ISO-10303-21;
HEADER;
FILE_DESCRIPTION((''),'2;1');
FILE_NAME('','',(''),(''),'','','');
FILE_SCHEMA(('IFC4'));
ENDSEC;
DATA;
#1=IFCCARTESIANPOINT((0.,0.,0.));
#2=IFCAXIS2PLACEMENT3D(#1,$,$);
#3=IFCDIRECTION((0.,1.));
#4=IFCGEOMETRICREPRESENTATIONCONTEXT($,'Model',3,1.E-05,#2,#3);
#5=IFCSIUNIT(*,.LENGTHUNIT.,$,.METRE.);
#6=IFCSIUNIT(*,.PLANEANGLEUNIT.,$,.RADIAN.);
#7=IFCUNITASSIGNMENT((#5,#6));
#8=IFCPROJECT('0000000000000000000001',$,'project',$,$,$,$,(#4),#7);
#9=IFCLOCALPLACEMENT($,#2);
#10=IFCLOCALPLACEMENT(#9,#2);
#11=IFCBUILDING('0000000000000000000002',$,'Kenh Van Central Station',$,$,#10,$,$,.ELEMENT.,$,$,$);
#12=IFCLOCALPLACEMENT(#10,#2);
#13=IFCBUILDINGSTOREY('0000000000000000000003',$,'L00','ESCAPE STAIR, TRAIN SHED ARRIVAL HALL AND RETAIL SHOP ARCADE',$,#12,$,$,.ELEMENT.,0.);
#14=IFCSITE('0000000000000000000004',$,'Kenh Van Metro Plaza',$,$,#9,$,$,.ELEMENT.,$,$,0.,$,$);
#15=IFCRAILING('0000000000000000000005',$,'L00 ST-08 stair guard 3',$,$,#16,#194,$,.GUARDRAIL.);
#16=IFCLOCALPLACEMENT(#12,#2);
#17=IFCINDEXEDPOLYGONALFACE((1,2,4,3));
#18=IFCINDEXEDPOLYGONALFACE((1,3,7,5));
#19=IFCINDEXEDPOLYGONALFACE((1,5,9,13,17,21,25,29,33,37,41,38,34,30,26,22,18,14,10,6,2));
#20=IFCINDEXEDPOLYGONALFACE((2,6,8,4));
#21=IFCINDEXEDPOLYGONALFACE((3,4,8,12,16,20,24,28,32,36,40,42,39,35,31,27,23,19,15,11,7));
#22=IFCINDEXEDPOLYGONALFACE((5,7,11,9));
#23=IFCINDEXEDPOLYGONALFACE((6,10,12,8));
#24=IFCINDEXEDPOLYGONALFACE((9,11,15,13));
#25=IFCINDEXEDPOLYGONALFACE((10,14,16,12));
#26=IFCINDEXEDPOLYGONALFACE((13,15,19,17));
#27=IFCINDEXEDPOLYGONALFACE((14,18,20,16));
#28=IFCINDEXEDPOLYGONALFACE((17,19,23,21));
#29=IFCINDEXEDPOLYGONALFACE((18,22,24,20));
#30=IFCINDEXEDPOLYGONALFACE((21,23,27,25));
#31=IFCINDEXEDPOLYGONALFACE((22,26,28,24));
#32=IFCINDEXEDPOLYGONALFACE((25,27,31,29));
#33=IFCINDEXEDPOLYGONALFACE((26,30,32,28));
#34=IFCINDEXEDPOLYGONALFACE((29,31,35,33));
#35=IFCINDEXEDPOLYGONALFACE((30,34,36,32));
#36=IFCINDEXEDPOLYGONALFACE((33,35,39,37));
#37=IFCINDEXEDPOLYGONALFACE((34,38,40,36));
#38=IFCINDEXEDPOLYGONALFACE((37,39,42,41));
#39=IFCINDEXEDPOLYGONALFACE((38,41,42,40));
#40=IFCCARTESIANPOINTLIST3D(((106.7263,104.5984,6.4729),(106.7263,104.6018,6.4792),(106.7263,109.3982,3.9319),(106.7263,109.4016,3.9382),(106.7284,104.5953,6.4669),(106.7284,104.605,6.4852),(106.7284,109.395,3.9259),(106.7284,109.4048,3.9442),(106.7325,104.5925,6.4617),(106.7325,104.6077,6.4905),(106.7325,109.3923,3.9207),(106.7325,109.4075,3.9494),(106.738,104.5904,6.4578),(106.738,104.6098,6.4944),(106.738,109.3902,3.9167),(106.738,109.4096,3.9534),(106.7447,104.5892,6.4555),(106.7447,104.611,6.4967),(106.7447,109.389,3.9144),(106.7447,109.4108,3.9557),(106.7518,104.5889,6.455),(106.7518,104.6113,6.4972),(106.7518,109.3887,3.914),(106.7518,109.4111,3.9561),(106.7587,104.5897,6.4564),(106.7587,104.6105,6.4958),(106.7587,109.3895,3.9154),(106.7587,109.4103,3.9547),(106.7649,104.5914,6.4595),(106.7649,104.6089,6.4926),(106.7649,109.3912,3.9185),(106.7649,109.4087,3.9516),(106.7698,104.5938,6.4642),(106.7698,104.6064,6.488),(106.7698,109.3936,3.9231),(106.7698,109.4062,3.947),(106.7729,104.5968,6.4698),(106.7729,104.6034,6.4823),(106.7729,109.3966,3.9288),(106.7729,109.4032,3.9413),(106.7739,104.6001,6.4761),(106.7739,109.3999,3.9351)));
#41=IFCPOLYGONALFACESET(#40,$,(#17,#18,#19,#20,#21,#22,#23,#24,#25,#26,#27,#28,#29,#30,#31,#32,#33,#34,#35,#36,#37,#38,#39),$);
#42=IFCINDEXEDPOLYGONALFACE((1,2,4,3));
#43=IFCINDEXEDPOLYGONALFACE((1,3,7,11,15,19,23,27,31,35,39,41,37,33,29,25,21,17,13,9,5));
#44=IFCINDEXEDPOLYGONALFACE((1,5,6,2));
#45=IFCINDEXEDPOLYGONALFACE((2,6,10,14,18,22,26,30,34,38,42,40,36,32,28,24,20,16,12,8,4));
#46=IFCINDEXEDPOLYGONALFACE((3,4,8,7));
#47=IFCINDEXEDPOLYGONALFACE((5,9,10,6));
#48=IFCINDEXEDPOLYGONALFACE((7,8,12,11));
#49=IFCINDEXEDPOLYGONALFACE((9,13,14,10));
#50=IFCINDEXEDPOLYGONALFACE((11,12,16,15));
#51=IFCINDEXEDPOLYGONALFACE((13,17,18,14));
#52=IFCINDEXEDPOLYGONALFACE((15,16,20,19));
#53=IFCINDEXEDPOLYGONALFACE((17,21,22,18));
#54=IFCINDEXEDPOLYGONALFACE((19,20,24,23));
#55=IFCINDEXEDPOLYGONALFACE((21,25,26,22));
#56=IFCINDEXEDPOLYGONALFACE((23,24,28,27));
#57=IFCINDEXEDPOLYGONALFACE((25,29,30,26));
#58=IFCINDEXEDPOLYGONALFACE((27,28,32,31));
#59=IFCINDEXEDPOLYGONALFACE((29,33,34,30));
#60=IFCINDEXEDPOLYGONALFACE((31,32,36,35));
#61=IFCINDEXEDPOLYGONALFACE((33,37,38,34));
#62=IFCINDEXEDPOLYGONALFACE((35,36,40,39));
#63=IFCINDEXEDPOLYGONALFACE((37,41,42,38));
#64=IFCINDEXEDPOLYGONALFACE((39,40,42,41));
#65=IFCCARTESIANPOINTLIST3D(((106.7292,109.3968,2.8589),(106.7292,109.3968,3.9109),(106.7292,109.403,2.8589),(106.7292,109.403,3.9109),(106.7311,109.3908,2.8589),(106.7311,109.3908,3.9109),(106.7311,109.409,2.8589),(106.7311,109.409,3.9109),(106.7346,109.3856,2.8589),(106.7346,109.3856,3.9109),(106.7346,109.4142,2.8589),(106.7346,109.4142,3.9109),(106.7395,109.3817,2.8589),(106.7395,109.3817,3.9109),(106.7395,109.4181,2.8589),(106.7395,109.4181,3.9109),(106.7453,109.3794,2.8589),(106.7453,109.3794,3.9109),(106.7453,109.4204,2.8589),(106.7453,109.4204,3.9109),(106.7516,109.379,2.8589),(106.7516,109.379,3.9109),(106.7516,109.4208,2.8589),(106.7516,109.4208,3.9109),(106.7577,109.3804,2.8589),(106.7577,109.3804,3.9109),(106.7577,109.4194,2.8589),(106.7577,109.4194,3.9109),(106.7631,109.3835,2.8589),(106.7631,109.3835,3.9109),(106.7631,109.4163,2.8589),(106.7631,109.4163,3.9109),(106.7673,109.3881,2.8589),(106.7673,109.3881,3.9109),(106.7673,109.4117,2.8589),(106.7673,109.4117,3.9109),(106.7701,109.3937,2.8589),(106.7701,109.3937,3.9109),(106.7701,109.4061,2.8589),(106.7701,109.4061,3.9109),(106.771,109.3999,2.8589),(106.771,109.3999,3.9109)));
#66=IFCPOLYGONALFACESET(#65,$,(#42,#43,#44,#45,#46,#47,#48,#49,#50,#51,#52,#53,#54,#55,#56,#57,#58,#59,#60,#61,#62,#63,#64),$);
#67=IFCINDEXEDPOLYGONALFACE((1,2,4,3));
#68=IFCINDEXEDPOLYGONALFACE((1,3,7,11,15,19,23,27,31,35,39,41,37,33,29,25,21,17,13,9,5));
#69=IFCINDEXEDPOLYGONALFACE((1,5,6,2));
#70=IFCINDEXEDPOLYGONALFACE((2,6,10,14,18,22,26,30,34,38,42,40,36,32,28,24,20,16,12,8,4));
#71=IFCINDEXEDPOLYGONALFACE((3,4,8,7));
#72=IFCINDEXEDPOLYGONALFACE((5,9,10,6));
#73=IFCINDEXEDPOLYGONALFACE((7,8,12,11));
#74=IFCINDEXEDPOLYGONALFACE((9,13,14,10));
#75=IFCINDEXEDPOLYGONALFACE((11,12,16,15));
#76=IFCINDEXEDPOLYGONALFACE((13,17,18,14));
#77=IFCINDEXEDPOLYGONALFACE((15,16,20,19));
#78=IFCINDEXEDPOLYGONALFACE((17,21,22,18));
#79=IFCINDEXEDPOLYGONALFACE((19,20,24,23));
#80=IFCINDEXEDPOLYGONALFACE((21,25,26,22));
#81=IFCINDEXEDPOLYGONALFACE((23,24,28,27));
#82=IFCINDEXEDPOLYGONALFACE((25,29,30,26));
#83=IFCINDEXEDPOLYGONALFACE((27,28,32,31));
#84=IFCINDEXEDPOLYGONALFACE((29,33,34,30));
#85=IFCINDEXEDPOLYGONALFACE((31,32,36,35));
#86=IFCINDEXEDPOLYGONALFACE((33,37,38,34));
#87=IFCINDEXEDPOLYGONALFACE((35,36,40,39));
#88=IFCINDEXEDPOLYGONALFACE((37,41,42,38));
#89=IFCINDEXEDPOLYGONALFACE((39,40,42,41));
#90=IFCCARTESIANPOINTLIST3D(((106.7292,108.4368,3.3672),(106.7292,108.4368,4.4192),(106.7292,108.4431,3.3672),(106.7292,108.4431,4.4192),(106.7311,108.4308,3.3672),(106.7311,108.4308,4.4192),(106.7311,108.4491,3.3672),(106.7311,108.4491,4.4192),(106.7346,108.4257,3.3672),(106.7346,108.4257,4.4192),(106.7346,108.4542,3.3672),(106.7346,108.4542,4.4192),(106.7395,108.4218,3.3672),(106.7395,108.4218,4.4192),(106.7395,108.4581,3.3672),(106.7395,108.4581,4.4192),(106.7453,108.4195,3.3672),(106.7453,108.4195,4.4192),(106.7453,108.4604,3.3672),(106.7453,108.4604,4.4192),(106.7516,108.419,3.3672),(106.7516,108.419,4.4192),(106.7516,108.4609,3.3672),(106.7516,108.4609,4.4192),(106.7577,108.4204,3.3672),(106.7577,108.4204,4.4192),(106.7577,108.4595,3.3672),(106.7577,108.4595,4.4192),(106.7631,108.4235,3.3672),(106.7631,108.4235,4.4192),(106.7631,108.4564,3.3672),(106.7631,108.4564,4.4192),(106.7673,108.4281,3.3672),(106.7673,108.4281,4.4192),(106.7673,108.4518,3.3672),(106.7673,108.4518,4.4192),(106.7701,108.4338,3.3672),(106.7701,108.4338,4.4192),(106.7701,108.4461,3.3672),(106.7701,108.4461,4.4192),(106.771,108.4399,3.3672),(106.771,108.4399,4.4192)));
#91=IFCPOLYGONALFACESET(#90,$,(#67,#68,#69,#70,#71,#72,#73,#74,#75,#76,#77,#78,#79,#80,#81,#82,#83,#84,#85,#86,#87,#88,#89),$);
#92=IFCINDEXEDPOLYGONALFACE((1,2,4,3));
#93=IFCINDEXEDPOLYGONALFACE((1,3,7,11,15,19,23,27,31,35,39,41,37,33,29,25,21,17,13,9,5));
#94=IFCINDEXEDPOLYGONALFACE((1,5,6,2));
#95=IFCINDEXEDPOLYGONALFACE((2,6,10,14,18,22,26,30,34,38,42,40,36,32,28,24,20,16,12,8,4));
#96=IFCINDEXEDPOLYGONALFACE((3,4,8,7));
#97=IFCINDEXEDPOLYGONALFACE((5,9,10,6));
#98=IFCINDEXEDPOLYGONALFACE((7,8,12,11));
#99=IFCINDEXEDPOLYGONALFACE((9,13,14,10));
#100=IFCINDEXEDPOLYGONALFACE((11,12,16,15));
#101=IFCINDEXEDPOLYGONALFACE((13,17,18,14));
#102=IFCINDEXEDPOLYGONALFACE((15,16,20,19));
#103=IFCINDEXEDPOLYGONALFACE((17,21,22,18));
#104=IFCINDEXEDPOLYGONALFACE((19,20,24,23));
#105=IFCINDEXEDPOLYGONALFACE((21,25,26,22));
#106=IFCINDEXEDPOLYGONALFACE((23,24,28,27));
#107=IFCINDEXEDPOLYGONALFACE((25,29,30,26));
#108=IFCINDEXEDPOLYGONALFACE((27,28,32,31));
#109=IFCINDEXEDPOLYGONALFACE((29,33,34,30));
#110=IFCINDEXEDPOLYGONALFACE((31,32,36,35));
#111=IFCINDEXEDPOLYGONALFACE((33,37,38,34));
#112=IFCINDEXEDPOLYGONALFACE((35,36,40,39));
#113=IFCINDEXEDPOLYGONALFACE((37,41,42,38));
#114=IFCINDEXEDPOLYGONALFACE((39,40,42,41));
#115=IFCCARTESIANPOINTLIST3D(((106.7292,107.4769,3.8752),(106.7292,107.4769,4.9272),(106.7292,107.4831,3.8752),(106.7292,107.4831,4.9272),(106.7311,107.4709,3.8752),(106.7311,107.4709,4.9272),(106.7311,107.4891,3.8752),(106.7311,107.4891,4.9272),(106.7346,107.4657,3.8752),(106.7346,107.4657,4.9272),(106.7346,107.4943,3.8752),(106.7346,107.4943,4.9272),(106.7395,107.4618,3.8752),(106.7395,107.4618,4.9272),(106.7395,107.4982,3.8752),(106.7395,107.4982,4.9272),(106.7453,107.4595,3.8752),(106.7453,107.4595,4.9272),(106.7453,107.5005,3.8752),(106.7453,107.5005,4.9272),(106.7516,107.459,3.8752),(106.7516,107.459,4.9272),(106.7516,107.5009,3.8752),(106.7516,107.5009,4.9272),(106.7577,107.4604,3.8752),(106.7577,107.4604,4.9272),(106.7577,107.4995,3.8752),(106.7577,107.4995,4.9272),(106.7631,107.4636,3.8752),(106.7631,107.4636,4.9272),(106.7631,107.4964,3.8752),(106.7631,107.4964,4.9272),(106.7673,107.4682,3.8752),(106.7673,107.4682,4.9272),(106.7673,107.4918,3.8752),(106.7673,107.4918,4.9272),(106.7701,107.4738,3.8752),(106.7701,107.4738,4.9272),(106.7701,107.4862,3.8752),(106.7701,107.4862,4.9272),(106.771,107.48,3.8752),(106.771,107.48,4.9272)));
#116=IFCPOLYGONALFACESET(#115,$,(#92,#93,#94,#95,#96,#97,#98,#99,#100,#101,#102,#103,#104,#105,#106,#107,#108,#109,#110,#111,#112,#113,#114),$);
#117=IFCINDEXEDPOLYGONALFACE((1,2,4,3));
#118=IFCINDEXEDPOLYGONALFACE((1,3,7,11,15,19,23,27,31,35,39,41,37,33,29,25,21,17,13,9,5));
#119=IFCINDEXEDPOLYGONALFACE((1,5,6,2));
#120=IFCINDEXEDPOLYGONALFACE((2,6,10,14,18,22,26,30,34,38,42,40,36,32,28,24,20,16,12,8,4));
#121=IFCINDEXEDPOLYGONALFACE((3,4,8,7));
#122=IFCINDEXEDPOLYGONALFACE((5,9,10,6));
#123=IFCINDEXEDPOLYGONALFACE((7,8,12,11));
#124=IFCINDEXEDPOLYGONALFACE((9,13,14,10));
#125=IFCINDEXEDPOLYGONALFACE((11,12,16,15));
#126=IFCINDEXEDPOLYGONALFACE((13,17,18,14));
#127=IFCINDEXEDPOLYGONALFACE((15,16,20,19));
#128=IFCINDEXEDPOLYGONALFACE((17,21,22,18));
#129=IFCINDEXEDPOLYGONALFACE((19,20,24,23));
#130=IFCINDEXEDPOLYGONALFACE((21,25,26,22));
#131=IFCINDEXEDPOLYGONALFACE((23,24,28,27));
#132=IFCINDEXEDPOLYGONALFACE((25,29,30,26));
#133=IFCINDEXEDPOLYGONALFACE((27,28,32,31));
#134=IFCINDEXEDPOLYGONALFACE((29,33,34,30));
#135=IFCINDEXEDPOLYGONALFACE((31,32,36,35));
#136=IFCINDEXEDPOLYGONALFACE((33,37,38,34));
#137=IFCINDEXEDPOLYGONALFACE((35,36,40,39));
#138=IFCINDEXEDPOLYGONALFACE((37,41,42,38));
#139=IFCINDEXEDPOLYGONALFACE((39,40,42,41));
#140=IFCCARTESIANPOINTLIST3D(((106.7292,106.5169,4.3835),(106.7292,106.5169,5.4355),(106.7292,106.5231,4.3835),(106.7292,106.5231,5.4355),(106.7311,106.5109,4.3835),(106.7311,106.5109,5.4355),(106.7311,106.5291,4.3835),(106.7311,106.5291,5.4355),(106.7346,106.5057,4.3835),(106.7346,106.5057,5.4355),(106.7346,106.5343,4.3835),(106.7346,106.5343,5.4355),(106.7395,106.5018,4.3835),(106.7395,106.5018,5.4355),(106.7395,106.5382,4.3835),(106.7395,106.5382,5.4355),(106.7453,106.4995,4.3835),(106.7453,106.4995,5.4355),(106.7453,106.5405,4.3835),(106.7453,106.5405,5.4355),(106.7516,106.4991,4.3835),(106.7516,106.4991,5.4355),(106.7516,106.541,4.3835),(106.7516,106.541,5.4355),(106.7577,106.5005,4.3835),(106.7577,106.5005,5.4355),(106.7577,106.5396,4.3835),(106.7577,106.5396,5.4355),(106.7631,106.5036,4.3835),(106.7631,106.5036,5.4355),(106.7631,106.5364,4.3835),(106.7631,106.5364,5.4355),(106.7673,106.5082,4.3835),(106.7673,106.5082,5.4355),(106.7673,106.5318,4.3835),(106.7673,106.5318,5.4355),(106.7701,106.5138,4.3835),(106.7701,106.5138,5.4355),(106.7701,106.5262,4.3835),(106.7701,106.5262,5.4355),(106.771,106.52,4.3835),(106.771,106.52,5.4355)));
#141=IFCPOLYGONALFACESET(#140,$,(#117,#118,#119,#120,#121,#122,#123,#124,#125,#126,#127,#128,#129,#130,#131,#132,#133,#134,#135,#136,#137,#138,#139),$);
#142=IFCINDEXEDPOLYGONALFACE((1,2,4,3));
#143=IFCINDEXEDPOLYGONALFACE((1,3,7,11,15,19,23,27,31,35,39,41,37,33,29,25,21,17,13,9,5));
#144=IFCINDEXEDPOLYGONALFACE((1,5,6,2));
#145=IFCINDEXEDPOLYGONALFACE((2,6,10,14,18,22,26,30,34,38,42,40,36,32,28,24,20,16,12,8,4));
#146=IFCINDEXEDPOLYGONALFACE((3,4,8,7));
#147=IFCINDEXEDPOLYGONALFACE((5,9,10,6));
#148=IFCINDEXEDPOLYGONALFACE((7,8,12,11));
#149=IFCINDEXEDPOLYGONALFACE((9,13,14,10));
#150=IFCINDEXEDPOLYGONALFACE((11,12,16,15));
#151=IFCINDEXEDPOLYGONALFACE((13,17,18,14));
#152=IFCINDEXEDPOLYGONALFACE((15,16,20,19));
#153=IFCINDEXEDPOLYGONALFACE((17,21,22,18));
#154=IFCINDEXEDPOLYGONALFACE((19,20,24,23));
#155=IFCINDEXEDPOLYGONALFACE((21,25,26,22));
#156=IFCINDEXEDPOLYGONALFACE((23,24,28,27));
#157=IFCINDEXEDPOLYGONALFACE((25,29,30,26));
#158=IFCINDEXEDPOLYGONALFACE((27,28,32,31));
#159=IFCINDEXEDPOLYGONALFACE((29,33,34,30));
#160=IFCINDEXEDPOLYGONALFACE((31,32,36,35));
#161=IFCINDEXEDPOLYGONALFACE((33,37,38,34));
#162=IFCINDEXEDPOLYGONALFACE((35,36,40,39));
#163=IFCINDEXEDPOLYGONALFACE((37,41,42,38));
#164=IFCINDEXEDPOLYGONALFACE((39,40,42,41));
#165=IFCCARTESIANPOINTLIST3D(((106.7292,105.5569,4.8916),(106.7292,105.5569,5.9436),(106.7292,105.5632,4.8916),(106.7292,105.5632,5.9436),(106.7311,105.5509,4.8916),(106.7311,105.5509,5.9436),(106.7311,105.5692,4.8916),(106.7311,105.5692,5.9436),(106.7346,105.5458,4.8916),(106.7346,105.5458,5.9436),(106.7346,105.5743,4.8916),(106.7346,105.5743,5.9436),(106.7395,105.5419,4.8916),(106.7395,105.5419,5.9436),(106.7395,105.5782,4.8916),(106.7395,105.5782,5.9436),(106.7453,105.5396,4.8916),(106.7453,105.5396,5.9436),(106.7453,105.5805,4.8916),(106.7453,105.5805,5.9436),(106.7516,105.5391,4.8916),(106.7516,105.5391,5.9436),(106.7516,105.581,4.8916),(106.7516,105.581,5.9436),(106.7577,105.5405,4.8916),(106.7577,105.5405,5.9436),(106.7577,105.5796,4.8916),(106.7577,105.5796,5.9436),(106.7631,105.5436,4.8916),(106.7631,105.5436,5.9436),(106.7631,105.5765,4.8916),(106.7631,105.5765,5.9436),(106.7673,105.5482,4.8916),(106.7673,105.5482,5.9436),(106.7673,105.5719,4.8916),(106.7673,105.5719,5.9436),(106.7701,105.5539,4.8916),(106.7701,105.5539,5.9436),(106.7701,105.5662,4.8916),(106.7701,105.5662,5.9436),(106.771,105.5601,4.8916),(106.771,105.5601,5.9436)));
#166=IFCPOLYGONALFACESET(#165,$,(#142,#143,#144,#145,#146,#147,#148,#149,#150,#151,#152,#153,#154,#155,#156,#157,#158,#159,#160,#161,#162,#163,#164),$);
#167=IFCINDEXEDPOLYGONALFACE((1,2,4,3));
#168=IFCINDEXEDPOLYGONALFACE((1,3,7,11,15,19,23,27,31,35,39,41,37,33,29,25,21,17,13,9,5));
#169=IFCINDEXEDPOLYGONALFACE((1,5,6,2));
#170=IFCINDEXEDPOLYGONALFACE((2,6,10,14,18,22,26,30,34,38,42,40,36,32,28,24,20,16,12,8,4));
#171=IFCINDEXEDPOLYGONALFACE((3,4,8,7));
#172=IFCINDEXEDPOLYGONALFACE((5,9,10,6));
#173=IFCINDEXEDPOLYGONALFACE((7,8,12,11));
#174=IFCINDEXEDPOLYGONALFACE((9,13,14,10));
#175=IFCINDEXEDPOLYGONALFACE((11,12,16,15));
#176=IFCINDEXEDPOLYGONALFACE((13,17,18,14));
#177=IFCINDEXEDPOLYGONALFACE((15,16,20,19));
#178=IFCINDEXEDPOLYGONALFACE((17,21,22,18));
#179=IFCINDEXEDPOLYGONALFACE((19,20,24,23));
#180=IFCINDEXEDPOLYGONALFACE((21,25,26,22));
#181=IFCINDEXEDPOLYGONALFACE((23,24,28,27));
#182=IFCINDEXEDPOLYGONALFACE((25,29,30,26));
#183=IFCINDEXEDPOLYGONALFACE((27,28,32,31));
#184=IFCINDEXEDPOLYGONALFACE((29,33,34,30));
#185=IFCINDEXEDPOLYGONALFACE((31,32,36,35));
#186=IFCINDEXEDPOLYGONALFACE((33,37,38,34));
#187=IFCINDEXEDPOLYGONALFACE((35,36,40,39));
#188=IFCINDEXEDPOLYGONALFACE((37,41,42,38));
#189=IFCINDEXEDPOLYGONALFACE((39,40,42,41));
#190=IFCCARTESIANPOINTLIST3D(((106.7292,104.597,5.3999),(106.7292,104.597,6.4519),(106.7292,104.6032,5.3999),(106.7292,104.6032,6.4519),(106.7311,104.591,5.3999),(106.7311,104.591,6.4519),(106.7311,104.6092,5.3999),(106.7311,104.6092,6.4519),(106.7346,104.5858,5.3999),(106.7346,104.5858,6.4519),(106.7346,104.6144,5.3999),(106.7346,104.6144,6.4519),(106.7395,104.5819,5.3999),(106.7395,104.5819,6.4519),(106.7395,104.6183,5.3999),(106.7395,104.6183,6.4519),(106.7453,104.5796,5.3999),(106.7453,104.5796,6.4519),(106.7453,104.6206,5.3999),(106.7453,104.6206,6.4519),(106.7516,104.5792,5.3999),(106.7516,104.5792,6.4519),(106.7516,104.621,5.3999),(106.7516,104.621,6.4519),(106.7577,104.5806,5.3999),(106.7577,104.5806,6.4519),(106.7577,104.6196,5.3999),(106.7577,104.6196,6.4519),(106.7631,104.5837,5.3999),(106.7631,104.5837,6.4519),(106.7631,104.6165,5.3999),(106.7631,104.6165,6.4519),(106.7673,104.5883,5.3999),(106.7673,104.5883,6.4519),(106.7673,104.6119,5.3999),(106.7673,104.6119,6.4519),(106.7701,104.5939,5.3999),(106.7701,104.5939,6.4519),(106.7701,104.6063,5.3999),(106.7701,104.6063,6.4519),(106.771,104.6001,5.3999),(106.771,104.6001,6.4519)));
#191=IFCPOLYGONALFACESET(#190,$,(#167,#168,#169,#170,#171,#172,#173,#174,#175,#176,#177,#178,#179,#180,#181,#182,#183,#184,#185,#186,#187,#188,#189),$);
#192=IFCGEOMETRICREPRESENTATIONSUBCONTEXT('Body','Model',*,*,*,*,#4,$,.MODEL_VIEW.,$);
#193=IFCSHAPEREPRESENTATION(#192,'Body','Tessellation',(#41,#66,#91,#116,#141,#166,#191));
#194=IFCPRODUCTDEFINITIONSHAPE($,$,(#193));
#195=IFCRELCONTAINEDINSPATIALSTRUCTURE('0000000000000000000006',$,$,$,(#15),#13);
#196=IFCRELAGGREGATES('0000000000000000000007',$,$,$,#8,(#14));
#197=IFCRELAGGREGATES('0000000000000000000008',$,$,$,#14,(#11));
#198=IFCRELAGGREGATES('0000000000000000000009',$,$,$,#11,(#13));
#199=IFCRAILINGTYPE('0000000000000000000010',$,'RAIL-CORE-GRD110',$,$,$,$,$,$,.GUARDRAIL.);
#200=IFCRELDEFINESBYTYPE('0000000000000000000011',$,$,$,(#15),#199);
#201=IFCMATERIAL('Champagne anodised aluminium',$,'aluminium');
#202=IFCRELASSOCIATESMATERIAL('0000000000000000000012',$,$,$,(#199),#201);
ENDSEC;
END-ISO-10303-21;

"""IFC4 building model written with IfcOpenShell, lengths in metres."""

from ifc_helpers import new_model, si_unit, direction, frame, origin, origin_2d, place, context, subcontext, project, spatial, circle, extrude, material, type_object, element, save


model = new_model("IFC4")

# Units and contexts
model_context = context("Model", 3, precision=1e-05, world=origin(), true_north=direction((0.0, 1.0)))
body_context = subcontext(model_context, "Body", "Model", "MODEL_VIEW")
ifc_project = project(units=[si_unit("LENGTHUNIT", "METRE"), si_unit("PLANEANGLEUNIT", "RADIAN")], contexts=[model_context])

# Site, building, storey
site_placement = place(None, origin())
site = spatial("IfcSite", under=ifc_project, at=site_placement, Name="Kenh Van Metro Plaza", CompositionType="ELEMENT", RefElevation=0.0)
building_placement = place(site_placement, origin())
building = spatial("IfcBuilding", under=site, at=building_placement, Name="Kenh Van Central Station", CompositionType="ELEMENT")
storey_placement = place(building_placement, origin())
storey = spatial("IfcBuildingStorey", under=building, at=storey_placement, Name="L00", Description="ESCAPE STAIR, TRAIN SHED ARRIVAL HALL AND RETAIL SHOP ARCADE", CompositionType="ELEMENT", Elevation=0.0)

# Shared definitions
ifc_material_1 = material(Name="Champagne anodised aluminium", Category="aluminium")

# Railing
railing_type_1 = type_object("IfcRailingType", Name="RAIL-CORE-GRD110", PredefinedType="GUARDRAIL", material=ifc_material_1)
railing_1_placement = place(storey_placement, frame((106.75, 109.3999, 2.8589)))
element("IfcRailing", 1, at=railing_1_placement, inside=storey, type_object=railing_type_1, Name="L00 ST-08 stair guard 3", PredefinedType="GUARDRAIL", context=body_context, shape_type="SweptSolid", body=[
    extrude(circle(Radius=0.0239, at=origin_2d()), frame((0.0, 0.0, 1.0762), z_axis=(0.0, -0.883792, 0.467879), x_axis=(1.0, 0.0, 0.0)), (0.0, 0.0, 1.0), 5.4309),
    extrude(circle(Radius=0.021, at=origin_2d()), origin(), (0.0, 0.0, 1.0), 1.052),
    extrude(circle(Radius=0.021, at=origin_2d()), frame((0.0, -0.96, 0.5083)), (0.0, 0.0, 1.0), 1.052),
    extrude(circle(Radius=0.021, at=origin_2d()), frame((0.0, -1.9199, 1.0164)), (0.0, 0.0, 1.0), 1.052),
    extrude(circle(Radius=0.021, at=origin_2d()), frame((0.0, -2.8799, 1.5247)), (0.0, 0.0, 1.0), 1.052),
    extrude(circle(Radius=0.021, at=origin_2d()), frame((0.0, -3.8398, 2.0327)), (0.0, 0.0, 1.0), 1.052),
    extrude(circle(Radius=0.021, at=origin_2d()), frame((0.0, -4.7998, 2.541)), (0.0, 0.0, 1.0), 1.052),
])

save(model, "model.ifc")
